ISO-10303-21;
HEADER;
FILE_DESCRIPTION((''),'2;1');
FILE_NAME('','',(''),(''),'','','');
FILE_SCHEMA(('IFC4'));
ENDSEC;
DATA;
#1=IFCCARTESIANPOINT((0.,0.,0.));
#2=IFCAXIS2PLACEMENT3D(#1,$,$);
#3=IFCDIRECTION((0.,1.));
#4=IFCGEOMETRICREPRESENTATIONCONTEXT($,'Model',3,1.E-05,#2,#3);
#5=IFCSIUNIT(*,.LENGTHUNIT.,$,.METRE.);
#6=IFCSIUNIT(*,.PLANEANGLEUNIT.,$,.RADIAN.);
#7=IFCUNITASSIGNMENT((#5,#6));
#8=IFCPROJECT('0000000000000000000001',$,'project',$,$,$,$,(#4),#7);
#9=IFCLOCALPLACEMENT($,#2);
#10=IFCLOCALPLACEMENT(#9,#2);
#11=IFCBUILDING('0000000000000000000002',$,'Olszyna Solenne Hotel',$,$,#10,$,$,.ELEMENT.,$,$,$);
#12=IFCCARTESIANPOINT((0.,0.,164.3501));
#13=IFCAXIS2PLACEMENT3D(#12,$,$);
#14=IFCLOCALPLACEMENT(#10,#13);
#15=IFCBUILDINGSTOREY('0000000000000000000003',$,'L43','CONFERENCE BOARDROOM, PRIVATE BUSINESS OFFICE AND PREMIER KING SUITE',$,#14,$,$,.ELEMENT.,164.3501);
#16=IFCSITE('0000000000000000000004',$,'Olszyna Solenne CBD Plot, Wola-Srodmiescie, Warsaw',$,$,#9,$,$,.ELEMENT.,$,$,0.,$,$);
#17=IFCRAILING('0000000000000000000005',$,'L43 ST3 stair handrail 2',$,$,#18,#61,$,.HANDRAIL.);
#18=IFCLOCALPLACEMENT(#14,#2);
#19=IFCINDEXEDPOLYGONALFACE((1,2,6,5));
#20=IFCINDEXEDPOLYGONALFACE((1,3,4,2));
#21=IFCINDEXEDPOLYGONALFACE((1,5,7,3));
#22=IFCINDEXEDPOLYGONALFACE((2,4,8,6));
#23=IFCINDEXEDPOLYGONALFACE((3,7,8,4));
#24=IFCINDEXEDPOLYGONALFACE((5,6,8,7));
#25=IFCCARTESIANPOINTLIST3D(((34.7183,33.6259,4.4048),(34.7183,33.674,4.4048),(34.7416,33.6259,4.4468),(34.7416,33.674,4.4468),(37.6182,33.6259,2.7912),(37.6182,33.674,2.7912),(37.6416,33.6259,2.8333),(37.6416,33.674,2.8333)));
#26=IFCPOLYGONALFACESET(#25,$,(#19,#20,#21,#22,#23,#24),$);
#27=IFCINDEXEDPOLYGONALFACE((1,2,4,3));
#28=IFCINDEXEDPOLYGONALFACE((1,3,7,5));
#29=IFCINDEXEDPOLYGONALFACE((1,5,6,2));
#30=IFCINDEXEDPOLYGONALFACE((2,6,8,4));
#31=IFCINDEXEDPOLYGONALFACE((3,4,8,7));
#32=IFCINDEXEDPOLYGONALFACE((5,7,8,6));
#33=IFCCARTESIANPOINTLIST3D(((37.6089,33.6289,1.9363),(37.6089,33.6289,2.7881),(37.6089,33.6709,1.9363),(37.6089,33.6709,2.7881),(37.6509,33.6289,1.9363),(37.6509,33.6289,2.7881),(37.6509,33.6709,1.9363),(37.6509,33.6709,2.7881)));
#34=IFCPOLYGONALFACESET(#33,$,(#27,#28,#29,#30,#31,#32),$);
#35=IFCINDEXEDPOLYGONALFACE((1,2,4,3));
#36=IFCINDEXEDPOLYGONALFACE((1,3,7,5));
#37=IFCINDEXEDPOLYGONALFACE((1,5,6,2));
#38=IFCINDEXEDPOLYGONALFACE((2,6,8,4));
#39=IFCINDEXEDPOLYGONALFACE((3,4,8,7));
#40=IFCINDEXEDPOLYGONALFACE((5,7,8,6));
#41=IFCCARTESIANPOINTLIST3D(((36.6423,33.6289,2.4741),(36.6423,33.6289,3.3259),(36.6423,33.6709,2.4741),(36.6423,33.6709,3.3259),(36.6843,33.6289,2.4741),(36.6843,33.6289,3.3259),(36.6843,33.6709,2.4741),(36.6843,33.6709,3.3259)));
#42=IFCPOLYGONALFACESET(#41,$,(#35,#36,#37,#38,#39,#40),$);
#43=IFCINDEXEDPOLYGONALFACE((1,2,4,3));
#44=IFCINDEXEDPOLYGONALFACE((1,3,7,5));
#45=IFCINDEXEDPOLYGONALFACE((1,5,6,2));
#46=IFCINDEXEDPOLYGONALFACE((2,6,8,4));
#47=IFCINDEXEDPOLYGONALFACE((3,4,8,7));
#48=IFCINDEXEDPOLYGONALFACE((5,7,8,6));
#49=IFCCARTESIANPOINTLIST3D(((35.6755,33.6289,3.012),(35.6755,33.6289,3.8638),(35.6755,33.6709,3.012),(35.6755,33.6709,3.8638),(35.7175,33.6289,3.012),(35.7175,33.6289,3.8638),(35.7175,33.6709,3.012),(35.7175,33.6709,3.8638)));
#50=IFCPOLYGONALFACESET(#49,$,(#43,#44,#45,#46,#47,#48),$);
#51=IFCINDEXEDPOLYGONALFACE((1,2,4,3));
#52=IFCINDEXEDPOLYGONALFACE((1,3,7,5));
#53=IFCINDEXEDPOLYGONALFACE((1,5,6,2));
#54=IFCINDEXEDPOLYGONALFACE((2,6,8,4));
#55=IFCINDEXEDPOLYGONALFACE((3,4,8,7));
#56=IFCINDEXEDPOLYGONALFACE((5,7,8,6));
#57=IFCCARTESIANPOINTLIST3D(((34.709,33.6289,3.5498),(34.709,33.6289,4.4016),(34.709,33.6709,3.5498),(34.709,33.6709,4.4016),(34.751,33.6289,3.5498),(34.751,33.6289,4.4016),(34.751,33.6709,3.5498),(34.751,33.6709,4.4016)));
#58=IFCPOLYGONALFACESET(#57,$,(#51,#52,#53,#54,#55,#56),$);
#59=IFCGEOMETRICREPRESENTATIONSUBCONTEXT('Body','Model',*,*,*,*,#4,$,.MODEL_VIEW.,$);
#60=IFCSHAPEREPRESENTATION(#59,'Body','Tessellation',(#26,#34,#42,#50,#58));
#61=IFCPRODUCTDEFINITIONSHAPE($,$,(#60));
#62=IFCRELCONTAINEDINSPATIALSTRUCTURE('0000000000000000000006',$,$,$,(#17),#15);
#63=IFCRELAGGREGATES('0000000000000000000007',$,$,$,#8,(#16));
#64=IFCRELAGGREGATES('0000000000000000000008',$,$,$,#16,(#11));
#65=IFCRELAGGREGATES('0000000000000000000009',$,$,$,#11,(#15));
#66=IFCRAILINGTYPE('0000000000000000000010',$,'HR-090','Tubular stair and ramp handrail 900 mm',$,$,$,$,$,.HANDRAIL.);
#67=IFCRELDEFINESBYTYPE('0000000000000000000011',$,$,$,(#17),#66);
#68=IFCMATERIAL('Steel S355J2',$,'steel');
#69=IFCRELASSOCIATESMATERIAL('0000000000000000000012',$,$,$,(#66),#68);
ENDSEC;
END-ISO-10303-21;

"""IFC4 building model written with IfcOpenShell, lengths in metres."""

from ifc_helpers import new_model, si_unit, direction, frame, origin, origin_2d, place, context, subcontext, project, spatial, rectangle, extrude, material, type_object, element, save


model = new_model("IFC4")

# Units and contexts
model_context = context("Model", 3, precision=1e-05, world=origin(), true_north=direction((0.0, 1.0)))
body_context = subcontext(model_context, "Body", "Model", "MODEL_VIEW")
ifc_project = project(units=[si_unit("LENGTHUNIT", "METRE"), si_unit("PLANEANGLEUNIT", "RADIAN")], contexts=[model_context])

# Site, building, storey
site_placement = place(None, origin())
site = spatial("IfcSite", under=ifc_project, at=site_placement, Name="Olszyna Solenne CBD Plot, Wola-Srodmiescie, Warsaw", CompositionType="ELEMENT", RefElevation=0.0)
building_placement = place(site_placement, origin())
building = spatial("IfcBuilding", under=site, at=building_placement, Name="Olszyna Solenne Hotel", CompositionType="ELEMENT")
storey_placement = place(building_placement, frame((0.0, 0.0, 164.3501)))
storey = spatial("IfcBuildingStorey", under=building, at=storey_placement, Name="L43", Description="CONFERENCE BOARDROOM, PRIVATE BUSINESS OFFICE AND PREMIER KING SUITE", CompositionType="ELEMENT", Elevation=164.3501)

# Shared definitions
ifc_material_1 = material(Name="Steel S355J2", Category="steel")

# Railing
railing_type_1 = type_object("IfcRailingType", Name="HR-090", Description="Tubular stair and ramp handrail 900 mm", PredefinedType="HANDRAIL", material=ifc_material_1)
railing_1_placement = place(storey_placement, frame((37.6299, 33.6499, 1.9363)))
element("IfcRailing", 1, at=railing_1_placement, inside=storey, type_object=railing_type_1, Name="L43 ST3 stair handrail 2", PredefinedType="HANDRAIL", context=body_context, shape_type="SweptSolid", body=[
    extrude(rectangle(XDim=0.0481, YDim=0.0481, at=origin_2d()), frame((0.0, 0.0, 0.876), z_axis=(-0.873841, 0.0, 0.486211), x_axis=(0.0, -1.0, 0.0)), (0.0, 0.0, 1.0), 3.3186),
    extrude(rectangle(XDim=0.042, YDim=0.042, at=origin_2d()), origin(), (0.0, 0.0, 1.0), 0.8518),
    extrude(rectangle(XDim=0.042, YDim=0.042, at=origin_2d()), frame((-0.9666, 0.0, 0.5378)), (0.0, 0.0, 1.0), 0.8518),
    extrude(rectangle(XDim=0.042, YDim=0.042, at=origin_2d()), frame((-1.9333, 0.0, 1.0757)), (0.0, 0.0, 1.0), 0.8518),
    extrude(rectangle(XDim=0.042, YDim=0.042, at=origin_2d()), frame((-2.8999, 0.0, 1.6135)), (0.0, 0.0, 1.0), 0.8518),
])

save(model, "model.ifc")
